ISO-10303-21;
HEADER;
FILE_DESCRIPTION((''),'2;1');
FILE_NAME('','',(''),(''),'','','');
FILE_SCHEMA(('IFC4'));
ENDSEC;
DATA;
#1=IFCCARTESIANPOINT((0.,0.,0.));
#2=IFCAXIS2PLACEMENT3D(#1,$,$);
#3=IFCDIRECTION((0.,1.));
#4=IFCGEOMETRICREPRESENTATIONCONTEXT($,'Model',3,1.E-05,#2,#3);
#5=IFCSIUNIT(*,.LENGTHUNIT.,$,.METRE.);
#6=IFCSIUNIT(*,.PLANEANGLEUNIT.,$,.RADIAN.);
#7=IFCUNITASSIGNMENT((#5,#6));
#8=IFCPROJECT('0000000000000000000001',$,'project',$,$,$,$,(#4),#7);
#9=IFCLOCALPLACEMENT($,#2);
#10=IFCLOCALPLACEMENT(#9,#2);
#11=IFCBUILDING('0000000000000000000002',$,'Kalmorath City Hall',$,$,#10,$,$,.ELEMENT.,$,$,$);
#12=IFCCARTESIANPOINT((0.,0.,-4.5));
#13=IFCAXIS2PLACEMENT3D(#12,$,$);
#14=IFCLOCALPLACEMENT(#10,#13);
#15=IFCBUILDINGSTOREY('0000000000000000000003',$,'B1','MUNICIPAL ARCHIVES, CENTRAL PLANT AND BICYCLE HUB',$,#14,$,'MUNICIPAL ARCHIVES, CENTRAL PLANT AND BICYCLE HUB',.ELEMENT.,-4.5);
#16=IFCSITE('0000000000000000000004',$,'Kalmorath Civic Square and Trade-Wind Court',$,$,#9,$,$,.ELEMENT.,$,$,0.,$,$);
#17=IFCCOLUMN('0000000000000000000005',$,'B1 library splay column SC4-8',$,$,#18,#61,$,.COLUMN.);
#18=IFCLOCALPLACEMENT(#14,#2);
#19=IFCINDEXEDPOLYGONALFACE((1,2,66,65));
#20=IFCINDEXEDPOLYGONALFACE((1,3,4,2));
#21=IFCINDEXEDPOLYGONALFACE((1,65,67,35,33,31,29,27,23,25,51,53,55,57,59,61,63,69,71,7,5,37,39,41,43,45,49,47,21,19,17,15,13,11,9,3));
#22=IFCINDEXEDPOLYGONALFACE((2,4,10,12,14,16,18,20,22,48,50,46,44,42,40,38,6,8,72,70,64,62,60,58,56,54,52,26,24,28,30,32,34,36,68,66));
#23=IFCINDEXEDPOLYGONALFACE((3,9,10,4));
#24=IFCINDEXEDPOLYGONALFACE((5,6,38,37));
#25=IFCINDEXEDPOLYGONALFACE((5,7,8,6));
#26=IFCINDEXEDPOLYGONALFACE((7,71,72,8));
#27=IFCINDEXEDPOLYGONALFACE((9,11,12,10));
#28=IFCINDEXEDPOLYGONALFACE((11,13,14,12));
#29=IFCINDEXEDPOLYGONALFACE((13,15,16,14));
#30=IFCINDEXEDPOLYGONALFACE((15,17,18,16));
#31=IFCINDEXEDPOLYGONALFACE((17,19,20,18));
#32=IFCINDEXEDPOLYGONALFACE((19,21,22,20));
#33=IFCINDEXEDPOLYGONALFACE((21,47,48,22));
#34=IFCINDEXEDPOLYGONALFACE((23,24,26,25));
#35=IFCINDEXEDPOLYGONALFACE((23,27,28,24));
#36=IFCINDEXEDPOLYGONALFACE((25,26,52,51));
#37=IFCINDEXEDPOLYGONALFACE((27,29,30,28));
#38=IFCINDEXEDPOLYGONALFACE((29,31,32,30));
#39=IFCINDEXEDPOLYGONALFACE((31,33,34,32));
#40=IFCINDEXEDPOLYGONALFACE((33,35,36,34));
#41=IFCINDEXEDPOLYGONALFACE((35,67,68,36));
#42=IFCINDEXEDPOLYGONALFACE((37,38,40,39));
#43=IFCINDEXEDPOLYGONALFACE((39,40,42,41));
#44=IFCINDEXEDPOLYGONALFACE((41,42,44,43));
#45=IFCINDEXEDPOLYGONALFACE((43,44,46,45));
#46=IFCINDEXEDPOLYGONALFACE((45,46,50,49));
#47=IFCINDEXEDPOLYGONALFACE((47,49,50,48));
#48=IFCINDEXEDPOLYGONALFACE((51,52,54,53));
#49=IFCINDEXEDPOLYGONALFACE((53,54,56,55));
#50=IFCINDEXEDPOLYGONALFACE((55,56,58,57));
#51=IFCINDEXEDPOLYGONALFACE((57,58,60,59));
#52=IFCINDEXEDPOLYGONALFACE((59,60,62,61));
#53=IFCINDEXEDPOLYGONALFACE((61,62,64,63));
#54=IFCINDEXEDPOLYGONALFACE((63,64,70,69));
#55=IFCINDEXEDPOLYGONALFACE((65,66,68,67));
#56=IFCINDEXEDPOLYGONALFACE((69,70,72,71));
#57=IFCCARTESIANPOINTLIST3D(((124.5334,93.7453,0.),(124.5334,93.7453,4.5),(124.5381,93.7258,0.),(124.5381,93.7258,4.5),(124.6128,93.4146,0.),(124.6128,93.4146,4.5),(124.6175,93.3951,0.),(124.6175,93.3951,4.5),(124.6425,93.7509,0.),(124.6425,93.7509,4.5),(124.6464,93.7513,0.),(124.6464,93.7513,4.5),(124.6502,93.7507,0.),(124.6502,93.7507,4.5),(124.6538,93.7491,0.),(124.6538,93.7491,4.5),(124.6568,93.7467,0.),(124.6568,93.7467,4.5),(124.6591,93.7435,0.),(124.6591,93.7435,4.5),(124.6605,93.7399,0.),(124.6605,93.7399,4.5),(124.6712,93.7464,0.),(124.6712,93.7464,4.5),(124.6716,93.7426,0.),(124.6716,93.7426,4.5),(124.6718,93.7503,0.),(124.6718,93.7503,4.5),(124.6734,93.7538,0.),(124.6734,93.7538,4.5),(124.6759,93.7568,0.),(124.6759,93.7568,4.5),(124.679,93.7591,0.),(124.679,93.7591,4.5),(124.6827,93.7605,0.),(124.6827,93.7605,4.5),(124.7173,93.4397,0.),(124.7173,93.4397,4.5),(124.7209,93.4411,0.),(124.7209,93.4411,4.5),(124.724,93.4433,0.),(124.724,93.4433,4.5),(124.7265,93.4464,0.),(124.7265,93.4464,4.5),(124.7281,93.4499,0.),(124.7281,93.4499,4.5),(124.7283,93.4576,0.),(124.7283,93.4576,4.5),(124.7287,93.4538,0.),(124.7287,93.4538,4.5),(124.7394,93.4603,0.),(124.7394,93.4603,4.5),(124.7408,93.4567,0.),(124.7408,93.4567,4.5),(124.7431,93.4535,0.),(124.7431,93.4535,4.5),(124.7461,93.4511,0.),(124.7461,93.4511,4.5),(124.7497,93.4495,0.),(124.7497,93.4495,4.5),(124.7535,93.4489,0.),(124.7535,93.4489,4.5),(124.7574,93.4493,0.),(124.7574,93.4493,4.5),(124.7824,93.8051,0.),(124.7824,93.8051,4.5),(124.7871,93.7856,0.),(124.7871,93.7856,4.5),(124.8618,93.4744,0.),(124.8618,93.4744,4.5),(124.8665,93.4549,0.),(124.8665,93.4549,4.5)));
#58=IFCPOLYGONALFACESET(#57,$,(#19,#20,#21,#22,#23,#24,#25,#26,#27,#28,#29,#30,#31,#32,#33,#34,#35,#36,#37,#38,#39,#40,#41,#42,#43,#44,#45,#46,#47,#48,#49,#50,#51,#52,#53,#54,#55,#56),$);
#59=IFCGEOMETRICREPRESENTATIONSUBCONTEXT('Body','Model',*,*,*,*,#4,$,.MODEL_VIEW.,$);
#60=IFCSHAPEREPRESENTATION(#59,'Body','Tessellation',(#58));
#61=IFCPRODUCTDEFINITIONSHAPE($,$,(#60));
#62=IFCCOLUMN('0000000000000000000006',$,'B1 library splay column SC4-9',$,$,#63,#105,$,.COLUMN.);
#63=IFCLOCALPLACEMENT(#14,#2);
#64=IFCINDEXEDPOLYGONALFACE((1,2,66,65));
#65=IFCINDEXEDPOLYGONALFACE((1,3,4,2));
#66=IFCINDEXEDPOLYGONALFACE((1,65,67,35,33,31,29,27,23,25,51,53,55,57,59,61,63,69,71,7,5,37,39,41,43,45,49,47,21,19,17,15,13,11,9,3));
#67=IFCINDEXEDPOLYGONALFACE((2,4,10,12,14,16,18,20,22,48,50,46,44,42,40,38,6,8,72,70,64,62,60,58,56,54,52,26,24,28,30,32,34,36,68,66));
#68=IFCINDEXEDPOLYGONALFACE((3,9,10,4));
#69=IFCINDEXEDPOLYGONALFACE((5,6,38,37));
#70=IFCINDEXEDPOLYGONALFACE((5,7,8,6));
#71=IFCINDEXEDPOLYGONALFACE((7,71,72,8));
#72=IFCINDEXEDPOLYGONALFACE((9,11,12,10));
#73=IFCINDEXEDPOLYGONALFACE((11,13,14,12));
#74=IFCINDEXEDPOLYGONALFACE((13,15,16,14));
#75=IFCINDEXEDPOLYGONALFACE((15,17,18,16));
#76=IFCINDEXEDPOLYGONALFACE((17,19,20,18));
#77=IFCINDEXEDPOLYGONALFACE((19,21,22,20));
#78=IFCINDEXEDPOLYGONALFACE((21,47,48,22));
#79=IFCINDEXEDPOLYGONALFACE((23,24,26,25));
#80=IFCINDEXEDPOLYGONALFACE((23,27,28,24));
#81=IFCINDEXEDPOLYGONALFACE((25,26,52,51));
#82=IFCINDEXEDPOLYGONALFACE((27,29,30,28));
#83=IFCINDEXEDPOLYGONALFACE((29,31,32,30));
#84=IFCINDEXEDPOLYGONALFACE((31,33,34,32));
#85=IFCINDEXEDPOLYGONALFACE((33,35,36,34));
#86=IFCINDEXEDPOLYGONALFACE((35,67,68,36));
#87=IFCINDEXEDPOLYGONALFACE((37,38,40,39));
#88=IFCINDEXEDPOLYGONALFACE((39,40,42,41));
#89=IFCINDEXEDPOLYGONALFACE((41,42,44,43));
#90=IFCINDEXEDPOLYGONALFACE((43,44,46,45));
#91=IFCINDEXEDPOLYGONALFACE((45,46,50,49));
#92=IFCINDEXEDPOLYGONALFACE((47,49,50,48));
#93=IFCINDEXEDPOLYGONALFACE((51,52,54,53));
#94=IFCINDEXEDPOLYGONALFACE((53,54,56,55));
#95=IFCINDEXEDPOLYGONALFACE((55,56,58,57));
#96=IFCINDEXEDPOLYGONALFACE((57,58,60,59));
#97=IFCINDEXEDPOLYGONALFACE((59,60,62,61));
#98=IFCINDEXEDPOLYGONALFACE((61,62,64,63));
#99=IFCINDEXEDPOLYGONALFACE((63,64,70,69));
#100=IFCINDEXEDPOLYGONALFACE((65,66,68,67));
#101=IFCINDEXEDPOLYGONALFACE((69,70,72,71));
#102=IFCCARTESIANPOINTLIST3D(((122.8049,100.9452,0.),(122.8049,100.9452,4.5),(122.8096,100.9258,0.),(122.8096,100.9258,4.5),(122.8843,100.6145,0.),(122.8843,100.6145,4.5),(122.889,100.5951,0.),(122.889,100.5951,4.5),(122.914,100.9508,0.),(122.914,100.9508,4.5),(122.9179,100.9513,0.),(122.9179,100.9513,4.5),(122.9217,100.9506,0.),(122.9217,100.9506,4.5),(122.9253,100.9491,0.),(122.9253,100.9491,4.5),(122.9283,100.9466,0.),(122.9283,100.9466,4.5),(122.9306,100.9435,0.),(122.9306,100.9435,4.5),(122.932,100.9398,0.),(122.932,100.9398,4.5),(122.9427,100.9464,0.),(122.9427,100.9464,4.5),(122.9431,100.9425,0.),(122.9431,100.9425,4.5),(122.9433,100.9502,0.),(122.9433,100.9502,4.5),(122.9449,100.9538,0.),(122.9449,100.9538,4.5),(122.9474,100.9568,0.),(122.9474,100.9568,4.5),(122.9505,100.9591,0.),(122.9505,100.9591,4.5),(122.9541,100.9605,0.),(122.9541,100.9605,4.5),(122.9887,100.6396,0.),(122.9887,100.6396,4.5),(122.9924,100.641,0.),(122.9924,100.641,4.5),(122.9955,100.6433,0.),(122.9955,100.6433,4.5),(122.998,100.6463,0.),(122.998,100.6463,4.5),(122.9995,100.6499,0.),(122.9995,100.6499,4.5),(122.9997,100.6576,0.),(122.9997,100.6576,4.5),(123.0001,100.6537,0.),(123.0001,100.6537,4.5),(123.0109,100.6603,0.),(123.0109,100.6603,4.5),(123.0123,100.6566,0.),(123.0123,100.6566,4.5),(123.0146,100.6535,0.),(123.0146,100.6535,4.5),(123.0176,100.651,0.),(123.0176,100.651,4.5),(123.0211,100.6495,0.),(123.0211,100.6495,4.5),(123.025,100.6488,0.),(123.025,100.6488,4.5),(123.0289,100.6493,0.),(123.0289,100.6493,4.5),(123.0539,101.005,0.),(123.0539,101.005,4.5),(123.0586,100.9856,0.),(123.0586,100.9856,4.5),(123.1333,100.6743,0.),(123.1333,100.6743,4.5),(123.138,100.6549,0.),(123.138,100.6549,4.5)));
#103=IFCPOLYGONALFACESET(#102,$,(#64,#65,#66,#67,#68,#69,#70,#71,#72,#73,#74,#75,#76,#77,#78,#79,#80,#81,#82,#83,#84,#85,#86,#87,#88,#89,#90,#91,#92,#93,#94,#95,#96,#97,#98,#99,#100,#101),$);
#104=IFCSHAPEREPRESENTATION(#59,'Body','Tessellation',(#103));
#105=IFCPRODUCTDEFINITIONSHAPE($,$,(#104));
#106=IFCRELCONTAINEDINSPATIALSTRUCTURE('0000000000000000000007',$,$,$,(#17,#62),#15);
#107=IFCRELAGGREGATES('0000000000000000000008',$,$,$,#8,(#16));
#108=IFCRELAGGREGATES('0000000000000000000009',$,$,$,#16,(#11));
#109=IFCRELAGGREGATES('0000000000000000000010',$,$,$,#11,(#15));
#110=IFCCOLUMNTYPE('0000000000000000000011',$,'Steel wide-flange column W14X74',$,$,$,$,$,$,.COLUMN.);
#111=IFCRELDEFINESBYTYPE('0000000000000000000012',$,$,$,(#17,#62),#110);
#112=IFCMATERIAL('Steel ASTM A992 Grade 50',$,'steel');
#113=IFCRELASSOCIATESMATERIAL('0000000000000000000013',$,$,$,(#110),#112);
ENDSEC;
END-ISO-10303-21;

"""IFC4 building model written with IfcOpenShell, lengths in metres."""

from ifc_helpers import new_model, si_unit, direction, frame, origin, origin_2d, place, context, subcontext, project, spatial, i_section, extrude, material, material_profile, profile_set, type_object, element, save


model = new_model("IFC4")

# Units and contexts
model_context = context("Model", 3, precision=1e-05, world=origin(), true_north=direction((0.0, 1.0)))
body_context = subcontext(model_context, "Body", "Model", "MODEL_VIEW")
ifc_project = project(units=[si_unit("LENGTHUNIT", "METRE"), si_unit("PLANEANGLEUNIT", "RADIAN")], contexts=[model_context])

# Site, building, storey
site_placement = place(None, origin())
site = spatial("IfcSite", under=ifc_project, at=site_placement, Name="Kalmorath Civic Square and Trade-Wind Court", CompositionType="ELEMENT", RefElevation=0.0)
building_placement = place(site_placement, origin())
building = spatial("IfcBuilding", under=site, at=building_placement, Name="Kalmorath City Hall", CompositionType="ELEMENT")
storey_placement = place(building_placement, frame((0.0, 0.0, -4.5)))
storey = spatial("IfcBuildingStorey", under=building, at=storey_placement, Name="B1", Description="MUNICIPAL ARCHIVES, CENTRAL PLANT AND BICYCLE HUB", LongName="MUNICIPAL ARCHIVES, CENTRAL PLANT AND BICYCLE HUB", CompositionType="ELEMENT", Elevation=-4.5)

# Columns
ifc_material_1 = material(Name="Steel ASTM A992 Grade 50", Category="steel")
ifc_material_profile_1 = material_profile(ifc_material_1, i_section(OverallWidth=0.2561, OverallDepth=0.3601, WebThickness=0.0115, FlangeThickness=0.02, FilletRadius=0.0149, at=origin_2d()), Name="W14X74")
ifc_profile_set_1 = profile_set([ifc_material_profile_1], Name="Steel ASTM A992 Grade 50")
column_type_1 = type_object("IfcColumnType", Name="Steel wide-flange column W14X74", PredefinedType="COLUMN", material=ifc_profile_set_1)
for number, where, z_axis, x_axis, name in (
    (1, (124.7, 93.6001, 0.0), (0.0, 0.0, 1.0), (0.97237, 0.233445, 0.0), "B1 library splay column SC4-8"),
    (2, (122.9714, 100.8, 0.0), (0.0, 0.0, 1.0), (0.97237, 0.233445, 0.0), "B1 library splay column SC4-9"),
):
    element("IfcColumn", number, at=place(storey_placement, frame(where, z_axis=z_axis, x_axis=x_axis)), inside=storey, type_object=column_type_1, Name=name, PredefinedType="COLUMN", context=body_context, shape_type="SweptSolid", body=[
        extrude(i_section(OverallWidth=0.2561, OverallDepth=0.3601, WebThickness=0.0115, FlangeThickness=0.02, FilletRadius=0.0149, at=origin_2d()), origin(), (0.0, 0.0, 1.0), 4.5),
    ])

save(model, "model.ifc")
